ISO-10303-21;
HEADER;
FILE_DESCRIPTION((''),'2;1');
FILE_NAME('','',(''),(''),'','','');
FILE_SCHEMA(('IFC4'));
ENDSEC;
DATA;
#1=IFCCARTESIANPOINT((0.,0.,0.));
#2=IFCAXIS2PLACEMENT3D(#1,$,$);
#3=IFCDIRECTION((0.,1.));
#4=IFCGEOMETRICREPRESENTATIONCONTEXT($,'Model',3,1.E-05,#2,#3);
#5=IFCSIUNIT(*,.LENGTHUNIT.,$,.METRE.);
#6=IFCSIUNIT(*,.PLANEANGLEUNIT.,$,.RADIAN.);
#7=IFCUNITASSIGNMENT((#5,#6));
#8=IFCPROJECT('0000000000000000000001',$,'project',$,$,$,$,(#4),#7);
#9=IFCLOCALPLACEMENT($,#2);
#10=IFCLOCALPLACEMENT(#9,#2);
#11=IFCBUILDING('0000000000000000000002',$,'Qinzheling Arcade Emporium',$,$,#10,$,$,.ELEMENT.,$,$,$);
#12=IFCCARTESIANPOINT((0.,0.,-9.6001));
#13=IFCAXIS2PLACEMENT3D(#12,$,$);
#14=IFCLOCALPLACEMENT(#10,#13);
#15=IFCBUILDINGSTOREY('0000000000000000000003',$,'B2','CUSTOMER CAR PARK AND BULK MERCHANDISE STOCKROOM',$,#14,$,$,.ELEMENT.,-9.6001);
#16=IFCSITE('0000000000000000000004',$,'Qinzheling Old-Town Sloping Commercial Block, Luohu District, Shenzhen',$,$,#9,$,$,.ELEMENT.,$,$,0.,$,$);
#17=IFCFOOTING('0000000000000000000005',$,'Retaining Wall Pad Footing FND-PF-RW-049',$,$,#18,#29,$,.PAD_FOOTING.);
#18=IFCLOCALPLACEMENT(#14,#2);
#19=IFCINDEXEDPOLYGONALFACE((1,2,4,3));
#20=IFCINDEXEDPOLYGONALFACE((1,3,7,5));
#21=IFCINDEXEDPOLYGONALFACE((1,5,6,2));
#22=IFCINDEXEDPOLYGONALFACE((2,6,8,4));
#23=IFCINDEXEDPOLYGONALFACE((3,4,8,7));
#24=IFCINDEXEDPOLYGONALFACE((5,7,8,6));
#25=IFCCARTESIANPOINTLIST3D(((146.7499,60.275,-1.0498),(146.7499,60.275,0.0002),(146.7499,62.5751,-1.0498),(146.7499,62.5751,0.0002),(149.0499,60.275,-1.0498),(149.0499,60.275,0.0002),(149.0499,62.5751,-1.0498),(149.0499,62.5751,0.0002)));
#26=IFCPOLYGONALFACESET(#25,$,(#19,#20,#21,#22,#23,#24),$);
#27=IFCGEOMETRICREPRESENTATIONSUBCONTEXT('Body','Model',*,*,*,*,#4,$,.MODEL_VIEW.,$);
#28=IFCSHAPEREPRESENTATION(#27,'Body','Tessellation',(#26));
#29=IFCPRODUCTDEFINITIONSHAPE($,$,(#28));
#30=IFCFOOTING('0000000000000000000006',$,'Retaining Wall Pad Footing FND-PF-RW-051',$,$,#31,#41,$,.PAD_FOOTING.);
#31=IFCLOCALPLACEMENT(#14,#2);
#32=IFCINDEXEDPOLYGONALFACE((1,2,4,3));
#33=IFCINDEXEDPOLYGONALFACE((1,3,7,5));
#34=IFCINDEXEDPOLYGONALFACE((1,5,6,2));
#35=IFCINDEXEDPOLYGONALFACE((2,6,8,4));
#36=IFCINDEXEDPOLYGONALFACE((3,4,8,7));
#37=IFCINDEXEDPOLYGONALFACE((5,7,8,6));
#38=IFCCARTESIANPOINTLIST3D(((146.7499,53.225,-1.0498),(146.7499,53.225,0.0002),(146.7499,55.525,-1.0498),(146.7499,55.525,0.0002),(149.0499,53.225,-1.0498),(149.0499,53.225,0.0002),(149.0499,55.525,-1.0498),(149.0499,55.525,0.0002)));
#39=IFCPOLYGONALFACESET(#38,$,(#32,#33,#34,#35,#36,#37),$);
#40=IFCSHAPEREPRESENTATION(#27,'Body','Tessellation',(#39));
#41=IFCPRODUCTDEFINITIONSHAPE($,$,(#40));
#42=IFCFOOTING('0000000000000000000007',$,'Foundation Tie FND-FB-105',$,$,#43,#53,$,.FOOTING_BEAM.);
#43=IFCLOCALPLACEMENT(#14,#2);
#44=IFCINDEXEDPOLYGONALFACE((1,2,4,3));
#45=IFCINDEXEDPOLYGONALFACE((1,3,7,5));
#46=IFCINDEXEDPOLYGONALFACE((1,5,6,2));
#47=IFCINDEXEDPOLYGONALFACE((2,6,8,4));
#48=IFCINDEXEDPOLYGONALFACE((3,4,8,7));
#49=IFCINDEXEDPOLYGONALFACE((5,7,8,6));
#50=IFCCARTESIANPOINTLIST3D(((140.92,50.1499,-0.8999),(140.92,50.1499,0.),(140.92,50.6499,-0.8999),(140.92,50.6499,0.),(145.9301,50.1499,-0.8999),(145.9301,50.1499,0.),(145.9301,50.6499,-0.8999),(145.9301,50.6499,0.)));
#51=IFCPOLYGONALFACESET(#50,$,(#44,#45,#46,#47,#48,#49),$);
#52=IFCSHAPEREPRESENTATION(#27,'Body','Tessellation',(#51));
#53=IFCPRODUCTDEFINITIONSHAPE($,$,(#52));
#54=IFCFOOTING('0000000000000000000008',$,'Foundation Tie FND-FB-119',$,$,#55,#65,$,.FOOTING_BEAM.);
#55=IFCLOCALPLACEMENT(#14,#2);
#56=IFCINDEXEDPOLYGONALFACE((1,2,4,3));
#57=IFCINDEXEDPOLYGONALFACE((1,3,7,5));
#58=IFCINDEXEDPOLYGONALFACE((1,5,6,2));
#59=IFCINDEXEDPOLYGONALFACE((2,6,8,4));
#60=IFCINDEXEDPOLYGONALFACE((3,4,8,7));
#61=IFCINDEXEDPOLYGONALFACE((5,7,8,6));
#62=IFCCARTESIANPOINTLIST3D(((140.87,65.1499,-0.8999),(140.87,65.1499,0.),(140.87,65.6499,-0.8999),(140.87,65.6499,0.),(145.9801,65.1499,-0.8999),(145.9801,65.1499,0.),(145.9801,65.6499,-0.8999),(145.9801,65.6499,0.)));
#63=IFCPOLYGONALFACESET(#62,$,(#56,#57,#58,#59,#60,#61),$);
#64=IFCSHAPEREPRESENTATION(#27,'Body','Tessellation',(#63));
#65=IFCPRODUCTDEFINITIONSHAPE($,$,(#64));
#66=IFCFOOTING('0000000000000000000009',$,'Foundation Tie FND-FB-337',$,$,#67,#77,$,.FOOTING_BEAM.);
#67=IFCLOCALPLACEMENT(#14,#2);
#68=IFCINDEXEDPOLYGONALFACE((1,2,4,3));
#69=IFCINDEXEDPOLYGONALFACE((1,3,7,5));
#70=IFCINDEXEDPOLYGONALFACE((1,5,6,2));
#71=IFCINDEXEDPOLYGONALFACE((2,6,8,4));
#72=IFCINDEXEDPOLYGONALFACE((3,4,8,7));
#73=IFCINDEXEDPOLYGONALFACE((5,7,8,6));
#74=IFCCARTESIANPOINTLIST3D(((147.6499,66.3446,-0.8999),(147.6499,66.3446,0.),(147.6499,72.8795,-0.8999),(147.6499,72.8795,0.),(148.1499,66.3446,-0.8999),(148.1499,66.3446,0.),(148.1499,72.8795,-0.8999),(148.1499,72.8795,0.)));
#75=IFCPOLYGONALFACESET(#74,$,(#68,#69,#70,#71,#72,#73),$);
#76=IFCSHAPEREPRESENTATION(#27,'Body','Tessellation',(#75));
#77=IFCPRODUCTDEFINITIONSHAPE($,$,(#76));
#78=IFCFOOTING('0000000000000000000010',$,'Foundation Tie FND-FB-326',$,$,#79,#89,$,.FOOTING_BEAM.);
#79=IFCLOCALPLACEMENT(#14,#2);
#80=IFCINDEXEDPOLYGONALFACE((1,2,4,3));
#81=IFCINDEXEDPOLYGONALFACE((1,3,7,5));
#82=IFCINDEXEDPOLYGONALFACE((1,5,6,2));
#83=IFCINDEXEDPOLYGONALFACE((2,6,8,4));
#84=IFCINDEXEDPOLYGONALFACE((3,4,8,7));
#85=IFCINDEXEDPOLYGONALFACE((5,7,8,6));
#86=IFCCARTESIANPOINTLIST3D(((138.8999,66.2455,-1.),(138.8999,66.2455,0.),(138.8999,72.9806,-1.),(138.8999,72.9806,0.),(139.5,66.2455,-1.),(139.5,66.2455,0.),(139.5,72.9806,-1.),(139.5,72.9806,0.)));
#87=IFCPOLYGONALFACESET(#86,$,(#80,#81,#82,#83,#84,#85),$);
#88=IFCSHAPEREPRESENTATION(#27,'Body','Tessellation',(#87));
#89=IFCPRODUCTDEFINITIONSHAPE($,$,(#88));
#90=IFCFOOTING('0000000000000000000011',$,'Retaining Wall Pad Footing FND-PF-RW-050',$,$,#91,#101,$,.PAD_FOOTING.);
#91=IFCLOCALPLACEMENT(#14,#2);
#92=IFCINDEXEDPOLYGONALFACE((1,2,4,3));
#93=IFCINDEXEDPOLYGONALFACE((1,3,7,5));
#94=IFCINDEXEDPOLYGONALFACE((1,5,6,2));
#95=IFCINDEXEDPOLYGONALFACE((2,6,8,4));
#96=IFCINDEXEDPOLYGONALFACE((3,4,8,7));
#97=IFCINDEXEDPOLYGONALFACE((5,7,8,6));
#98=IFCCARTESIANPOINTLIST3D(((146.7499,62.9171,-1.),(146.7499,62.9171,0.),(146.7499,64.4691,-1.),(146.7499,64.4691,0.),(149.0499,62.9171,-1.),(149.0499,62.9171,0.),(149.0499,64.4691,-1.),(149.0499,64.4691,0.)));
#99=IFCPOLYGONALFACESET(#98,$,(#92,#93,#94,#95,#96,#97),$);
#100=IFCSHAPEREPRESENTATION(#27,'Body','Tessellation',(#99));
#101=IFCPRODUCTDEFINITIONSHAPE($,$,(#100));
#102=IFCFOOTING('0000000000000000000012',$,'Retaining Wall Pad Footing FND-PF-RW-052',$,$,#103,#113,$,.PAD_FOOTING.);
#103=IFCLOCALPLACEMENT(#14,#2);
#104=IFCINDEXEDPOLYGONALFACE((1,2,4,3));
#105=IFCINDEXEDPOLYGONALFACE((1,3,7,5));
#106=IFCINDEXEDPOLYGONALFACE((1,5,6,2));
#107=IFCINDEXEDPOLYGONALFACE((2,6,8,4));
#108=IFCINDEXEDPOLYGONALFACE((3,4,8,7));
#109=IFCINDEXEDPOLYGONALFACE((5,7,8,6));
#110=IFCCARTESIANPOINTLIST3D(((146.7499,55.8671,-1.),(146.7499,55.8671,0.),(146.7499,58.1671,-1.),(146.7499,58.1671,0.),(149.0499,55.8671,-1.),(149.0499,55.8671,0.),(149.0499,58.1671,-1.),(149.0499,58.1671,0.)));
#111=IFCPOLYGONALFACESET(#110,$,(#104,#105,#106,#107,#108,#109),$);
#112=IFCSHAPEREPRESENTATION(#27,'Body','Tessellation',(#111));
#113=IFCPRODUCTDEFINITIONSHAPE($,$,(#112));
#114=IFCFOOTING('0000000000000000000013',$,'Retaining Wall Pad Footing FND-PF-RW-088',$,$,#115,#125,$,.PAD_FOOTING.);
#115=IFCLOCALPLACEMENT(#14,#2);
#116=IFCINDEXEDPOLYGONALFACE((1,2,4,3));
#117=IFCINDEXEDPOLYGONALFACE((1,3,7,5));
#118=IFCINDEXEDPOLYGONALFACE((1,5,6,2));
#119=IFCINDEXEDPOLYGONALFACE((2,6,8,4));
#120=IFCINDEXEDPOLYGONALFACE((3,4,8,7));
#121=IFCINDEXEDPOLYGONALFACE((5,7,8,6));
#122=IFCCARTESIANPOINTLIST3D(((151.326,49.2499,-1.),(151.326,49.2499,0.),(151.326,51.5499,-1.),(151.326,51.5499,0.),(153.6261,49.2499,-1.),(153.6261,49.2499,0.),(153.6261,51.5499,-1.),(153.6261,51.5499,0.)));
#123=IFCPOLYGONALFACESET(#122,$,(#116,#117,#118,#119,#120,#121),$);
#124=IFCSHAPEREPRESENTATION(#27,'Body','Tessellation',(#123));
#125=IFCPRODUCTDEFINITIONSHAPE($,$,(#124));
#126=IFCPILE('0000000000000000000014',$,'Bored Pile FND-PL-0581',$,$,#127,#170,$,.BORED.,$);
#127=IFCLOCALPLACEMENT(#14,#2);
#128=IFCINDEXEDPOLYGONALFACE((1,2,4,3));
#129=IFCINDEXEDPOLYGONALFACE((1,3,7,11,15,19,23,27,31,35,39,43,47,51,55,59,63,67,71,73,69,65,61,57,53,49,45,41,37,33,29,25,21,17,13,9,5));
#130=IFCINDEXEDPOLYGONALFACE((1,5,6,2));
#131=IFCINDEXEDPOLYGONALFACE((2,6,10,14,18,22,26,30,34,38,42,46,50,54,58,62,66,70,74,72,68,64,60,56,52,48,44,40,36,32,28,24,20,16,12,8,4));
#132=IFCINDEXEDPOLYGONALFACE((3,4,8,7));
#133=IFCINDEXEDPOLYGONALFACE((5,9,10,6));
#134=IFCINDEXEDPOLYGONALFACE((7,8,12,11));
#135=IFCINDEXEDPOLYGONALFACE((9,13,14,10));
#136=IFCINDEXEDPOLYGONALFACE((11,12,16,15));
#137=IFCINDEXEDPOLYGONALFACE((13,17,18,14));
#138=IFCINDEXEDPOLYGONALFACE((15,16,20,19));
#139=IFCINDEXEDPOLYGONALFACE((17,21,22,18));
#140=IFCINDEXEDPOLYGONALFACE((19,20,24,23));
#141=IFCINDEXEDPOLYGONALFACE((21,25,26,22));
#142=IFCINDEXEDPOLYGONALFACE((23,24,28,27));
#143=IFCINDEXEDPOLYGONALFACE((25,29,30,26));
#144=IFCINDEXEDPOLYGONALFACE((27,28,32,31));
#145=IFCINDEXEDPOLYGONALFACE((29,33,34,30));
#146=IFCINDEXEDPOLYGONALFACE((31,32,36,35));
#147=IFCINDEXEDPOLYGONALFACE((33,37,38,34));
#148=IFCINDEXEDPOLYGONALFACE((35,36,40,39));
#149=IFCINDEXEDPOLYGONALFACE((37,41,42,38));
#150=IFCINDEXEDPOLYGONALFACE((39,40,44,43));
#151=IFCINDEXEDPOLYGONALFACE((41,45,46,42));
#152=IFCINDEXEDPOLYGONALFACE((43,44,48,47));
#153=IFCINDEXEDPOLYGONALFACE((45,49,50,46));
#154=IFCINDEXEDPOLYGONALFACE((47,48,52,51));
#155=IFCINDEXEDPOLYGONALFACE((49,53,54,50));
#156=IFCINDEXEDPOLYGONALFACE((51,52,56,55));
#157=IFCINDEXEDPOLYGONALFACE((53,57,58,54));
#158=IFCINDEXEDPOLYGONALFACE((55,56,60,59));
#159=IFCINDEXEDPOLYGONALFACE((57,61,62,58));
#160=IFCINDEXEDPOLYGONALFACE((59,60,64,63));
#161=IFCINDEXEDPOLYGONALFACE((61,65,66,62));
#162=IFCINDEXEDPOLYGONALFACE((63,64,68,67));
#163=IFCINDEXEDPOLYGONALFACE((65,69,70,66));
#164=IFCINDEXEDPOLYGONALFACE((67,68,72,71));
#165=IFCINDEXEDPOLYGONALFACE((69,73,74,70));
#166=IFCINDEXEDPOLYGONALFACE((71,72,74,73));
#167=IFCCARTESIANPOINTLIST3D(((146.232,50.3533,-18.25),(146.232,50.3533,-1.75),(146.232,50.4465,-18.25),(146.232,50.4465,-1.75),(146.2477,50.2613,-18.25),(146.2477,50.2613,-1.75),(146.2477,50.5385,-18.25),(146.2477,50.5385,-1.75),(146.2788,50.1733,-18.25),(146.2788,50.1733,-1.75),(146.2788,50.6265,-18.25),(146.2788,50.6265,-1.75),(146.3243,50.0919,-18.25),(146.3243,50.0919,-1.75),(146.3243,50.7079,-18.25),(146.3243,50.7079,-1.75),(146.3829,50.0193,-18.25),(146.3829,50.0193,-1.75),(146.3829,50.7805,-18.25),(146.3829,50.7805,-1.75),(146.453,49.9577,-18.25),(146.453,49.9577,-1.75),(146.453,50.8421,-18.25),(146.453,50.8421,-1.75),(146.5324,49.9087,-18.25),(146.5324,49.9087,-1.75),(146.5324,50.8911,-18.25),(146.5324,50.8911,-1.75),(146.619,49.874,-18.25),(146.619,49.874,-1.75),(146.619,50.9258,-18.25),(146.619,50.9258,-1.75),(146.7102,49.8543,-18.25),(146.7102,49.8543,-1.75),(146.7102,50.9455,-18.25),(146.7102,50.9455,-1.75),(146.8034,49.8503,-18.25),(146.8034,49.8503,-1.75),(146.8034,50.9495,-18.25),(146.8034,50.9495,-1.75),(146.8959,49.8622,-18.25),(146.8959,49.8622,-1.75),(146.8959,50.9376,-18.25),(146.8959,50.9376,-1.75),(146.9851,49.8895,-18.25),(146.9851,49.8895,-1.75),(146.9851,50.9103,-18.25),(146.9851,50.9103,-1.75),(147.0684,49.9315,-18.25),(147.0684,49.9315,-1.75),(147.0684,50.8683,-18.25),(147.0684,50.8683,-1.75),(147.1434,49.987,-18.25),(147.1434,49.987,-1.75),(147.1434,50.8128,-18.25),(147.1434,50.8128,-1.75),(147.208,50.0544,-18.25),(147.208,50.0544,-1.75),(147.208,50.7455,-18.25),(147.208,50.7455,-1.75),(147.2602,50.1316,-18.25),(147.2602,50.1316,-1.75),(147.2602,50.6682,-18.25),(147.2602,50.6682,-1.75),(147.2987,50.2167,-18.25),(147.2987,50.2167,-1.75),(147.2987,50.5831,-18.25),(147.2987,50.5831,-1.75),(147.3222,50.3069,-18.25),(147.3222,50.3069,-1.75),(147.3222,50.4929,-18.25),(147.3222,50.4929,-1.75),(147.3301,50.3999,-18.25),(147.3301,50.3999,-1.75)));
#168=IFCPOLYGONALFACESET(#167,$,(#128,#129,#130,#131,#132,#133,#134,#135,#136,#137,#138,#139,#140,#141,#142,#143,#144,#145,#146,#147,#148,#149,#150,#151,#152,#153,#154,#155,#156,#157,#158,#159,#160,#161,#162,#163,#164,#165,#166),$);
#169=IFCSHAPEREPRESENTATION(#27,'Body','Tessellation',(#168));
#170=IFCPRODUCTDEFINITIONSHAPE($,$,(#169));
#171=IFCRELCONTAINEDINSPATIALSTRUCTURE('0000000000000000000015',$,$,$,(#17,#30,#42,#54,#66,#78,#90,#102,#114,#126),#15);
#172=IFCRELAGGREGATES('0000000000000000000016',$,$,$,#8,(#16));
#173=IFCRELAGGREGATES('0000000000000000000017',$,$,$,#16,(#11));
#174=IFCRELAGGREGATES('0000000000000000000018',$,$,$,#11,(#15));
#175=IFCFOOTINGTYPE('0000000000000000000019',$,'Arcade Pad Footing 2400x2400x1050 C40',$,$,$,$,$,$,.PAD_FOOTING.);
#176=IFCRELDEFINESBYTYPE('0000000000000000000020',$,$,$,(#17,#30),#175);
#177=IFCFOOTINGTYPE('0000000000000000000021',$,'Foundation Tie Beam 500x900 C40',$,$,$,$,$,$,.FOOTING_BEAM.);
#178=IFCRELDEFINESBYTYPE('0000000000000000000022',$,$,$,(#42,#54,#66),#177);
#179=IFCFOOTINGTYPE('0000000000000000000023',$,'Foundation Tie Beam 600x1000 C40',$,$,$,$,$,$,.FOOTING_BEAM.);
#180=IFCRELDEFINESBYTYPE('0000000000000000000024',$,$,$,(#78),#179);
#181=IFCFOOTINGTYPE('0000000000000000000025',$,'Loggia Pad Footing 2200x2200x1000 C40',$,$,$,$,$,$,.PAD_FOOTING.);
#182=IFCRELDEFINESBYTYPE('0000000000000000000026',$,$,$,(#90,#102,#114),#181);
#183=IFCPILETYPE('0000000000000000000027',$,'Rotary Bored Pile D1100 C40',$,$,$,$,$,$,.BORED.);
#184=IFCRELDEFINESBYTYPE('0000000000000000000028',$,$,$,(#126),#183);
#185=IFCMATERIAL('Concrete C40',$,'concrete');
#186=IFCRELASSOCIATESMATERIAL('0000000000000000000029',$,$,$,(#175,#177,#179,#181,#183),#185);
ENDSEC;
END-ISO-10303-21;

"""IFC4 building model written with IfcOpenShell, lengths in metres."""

from ifc_helpers import new_model, si_unit, direction, frame, origin, origin_2d, place, context, subcontext, project, spatial, rectangle, circle, extrude, material, material_profile, profile_set, type_object, element, save


model = new_model("IFC4")

# Units and contexts
model_context = context("Model", 3, precision=1e-05, world=origin(), true_north=direction((0.0, 1.0)))
body_context = subcontext(model_context, "Body", "Model", "MODEL_VIEW")
ifc_project = project(units=[si_unit("LENGTHUNIT", "METRE"), si_unit("PLANEANGLEUNIT", "RADIAN")], contexts=[model_context])

# Site, building, storey
site_placement = place(None, origin())
site = spatial("IfcSite", under=ifc_project, at=site_placement, Name="Qinzheling Old-Town Sloping Commercial Block, Luohu District, Shenzhen", CompositionType="ELEMENT", RefElevation=0.0)
building_placement = place(site_placement, origin())
building = spatial("IfcBuilding", under=site, at=building_placement, Name="Qinzheling Arcade Emporium", CompositionType="ELEMENT")
storey_placement = place(building_placement, frame((0.0, 0.0, -9.6001)))
storey = spatial("IfcBuildingStorey", under=building, at=storey_placement, Name="B2", Description="CUSTOMER CAR PARK AND BULK MERCHANDISE STOCKROOM", CompositionType="ELEMENT", Elevation=-9.6001)

# Footings
ifc_material_1 = material(Name="Concrete C40", Category="concrete")
footing_type_1 = type_object("IfcFootingType", Name="Arcade Pad Footing 2400x2400x1050 C40", PredefinedType="PAD_FOOTING", material=ifc_material_1)
for number, where, z_axis, x_axis, name in (
    (1, (147.8999, 61.425, -1.0498), (0.0, 0.0, 1.0), (1.0, 0.0, 0.0), "Retaining Wall Pad Footing FND-PF-RW-049"),
    (2, (147.8999, 54.375, -1.0498), (0.0, 0.0, 1.0), (1.0, 0.0, 0.0), "Retaining Wall Pad Footing FND-PF-RW-051"),
):
    element("IfcFooting", number, at=place(storey_placement, frame(where, z_axis=z_axis, x_axis=x_axis)), inside=storey, type_object=footing_type_1, Name=name, PredefinedType="PAD_FOOTING", context=body_context, shape_type="SweptSolid", body=[
        extrude(rectangle(XDim=2.3, YDim=2.3, at=origin_2d()), origin(), (0.0, 0.0, 1.0), 1.05),
    ])
footing_type_2 = type_object("IfcFootingType", Name="Foundation Tie Beam 500x900 C40", PredefinedType="FOOTING_BEAM", material=ifc_material_1)
footing_1_placement = place(storey_placement, frame((143.425, 50.3999, -0.8999), z_axis=(0.0, 0.0, 1.0), x_axis=(1.0, 0.0, 0.0)))
element("IfcFooting", 3, at=footing_1_placement, inside=storey, type_object=footing_type_2, Name="Foundation Tie FND-FB-105", PredefinedType="FOOTING_BEAM", context=body_context, shape_type="SweptSolid", body=[
    extrude(rectangle(XDim=5.01, YDim=0.5, at=origin_2d()), origin(), (0.0, 0.0, 1.0), 0.8999),
])
footing_2_placement = place(storey_placement, frame((143.425, 65.3999, -0.8999), z_axis=(0.0, 0.0, 1.0), x_axis=(1.0, 0.0, 0.0)))
element("IfcFooting", 4, at=footing_2_placement, inside=storey, type_object=footing_type_2, Name="Foundation Tie FND-FB-119", PredefinedType="FOOTING_BEAM", context=body_context, shape_type="SweptSolid", body=[
    extrude(rectangle(XDim=5.1101, YDim=0.5, at=origin_2d()), origin(), (0.0, 0.0, 1.0), 0.8999),
])
footing_3_placement = place(storey_placement, frame((147.8999, 69.6121, -0.8999), z_axis=(0.0, 0.0, 1.0), x_axis=(1.0, 0.0, 0.0)))
element("IfcFooting", 5, at=footing_3_placement, inside=storey, type_object=footing_type_2, Name="Foundation Tie FND-FB-337", PredefinedType="FOOTING_BEAM", context=body_context, shape_type="SweptSolid", body=[
    extrude(rectangle(XDim=0.5, YDim=6.5349, at=origin_2d()), origin(), (0.0, 0.0, 1.0), 0.8999),
])
footing_type_3 = type_object("IfcFootingType", Name="Foundation Tie Beam 600x1000 C40", PredefinedType="FOOTING_BEAM", material=ifc_material_1)
footing_4_placement = place(storey_placement, frame((139.2, 69.613, -1.0), z_axis=(0.0, 0.0, 1.0), x_axis=(1.0, 0.0, 0.0)))
element("IfcFooting", 6, at=footing_4_placement, inside=storey, type_object=footing_type_3, Name="Foundation Tie FND-FB-326", PredefinedType="FOOTING_BEAM", context=body_context, shape_type="SweptSolid", body=[
    extrude(rectangle(XDim=0.6001, YDim=6.7351, at=origin_2d()), origin(), (0.0, 0.0, 1.0), 1.0),
])
footing_type_4 = type_object("IfcFootingType", Name="Loggia Pad Footing 2200x2200x1000 C40", PredefinedType="PAD_FOOTING", material=ifc_material_1)
footing_5_placement = place(storey_placement, frame((147.8999, 63.6931, -1.0), z_axis=(0.0, 0.0, 1.0), x_axis=(1.0, 0.0, 0.0)))
element("IfcFooting", 7, at=footing_5_placement, inside=storey, type_object=footing_type_4, Name="Retaining Wall Pad Footing FND-PF-RW-050", PredefinedType="PAD_FOOTING", context=body_context, shape_type="SweptSolid", body=[
    extrude(rectangle(XDim=2.3, YDim=1.552, at=origin_2d()), origin(), (0.0, 0.0, 1.0), 1.0),
])
for number, where, z_axis, x_axis, name in (
    (8, (147.8999, 57.0171, -1.0), (0.0, 0.0, 1.0), (1.0, 0.0, 0.0), "Retaining Wall Pad Footing FND-PF-RW-052"),
    (9, (152.4761, 50.3999, -1.0), (0.0, 0.0, 1.0), (1.0, 0.0, 0.0), "Retaining Wall Pad Footing FND-PF-RW-088"),
):
    element("IfcFooting", number, at=place(storey_placement, frame(where, z_axis=z_axis, x_axis=x_axis)), inside=storey, type_object=footing_type_4, Name=name, PredefinedType="PAD_FOOTING", context=body_context, shape_type="SweptSolid", body=[
        extrude(rectangle(XDim=2.3, YDim=2.3, at=origin_2d()), origin(), (0.0, 0.0, 1.0), 1.0),
    ])

# Pile
ifc_material_profile_1 = material_profile(ifc_material_1, circle(Radius=0.55, at=origin_2d()), Name="BORED D1100", Category="concrete")
ifc_profile_set_1 = profile_set([ifc_material_profile_1], Name="Concrete C40")
pile_type_1 = type_object("IfcPileType", Name="Rotary Bored Pile D1100 C40", PredefinedType="BORED", material=ifc_profile_set_1)
for number, where, z_axis, x_axis, name in (
    (10, (146.78, 50.3999, -1.75), (0.0, 0.0, -1.0), (1.0, 0.0, 0.0), "Bored Pile FND-PL-0581"),
):
    element("IfcPile", number, at=place(storey_placement, frame(where, z_axis=z_axis, x_axis=x_axis)), inside=storey, type_object=pile_type_1, Name=name, PredefinedType="BORED", context=body_context, shape_type="SweptSolid", body=[
        extrude(circle(Radius=0.55, at=origin_2d()), origin(), (0.0, 0.0, 1.0), 16.5),
    ])

save(model, "model.ifc")
